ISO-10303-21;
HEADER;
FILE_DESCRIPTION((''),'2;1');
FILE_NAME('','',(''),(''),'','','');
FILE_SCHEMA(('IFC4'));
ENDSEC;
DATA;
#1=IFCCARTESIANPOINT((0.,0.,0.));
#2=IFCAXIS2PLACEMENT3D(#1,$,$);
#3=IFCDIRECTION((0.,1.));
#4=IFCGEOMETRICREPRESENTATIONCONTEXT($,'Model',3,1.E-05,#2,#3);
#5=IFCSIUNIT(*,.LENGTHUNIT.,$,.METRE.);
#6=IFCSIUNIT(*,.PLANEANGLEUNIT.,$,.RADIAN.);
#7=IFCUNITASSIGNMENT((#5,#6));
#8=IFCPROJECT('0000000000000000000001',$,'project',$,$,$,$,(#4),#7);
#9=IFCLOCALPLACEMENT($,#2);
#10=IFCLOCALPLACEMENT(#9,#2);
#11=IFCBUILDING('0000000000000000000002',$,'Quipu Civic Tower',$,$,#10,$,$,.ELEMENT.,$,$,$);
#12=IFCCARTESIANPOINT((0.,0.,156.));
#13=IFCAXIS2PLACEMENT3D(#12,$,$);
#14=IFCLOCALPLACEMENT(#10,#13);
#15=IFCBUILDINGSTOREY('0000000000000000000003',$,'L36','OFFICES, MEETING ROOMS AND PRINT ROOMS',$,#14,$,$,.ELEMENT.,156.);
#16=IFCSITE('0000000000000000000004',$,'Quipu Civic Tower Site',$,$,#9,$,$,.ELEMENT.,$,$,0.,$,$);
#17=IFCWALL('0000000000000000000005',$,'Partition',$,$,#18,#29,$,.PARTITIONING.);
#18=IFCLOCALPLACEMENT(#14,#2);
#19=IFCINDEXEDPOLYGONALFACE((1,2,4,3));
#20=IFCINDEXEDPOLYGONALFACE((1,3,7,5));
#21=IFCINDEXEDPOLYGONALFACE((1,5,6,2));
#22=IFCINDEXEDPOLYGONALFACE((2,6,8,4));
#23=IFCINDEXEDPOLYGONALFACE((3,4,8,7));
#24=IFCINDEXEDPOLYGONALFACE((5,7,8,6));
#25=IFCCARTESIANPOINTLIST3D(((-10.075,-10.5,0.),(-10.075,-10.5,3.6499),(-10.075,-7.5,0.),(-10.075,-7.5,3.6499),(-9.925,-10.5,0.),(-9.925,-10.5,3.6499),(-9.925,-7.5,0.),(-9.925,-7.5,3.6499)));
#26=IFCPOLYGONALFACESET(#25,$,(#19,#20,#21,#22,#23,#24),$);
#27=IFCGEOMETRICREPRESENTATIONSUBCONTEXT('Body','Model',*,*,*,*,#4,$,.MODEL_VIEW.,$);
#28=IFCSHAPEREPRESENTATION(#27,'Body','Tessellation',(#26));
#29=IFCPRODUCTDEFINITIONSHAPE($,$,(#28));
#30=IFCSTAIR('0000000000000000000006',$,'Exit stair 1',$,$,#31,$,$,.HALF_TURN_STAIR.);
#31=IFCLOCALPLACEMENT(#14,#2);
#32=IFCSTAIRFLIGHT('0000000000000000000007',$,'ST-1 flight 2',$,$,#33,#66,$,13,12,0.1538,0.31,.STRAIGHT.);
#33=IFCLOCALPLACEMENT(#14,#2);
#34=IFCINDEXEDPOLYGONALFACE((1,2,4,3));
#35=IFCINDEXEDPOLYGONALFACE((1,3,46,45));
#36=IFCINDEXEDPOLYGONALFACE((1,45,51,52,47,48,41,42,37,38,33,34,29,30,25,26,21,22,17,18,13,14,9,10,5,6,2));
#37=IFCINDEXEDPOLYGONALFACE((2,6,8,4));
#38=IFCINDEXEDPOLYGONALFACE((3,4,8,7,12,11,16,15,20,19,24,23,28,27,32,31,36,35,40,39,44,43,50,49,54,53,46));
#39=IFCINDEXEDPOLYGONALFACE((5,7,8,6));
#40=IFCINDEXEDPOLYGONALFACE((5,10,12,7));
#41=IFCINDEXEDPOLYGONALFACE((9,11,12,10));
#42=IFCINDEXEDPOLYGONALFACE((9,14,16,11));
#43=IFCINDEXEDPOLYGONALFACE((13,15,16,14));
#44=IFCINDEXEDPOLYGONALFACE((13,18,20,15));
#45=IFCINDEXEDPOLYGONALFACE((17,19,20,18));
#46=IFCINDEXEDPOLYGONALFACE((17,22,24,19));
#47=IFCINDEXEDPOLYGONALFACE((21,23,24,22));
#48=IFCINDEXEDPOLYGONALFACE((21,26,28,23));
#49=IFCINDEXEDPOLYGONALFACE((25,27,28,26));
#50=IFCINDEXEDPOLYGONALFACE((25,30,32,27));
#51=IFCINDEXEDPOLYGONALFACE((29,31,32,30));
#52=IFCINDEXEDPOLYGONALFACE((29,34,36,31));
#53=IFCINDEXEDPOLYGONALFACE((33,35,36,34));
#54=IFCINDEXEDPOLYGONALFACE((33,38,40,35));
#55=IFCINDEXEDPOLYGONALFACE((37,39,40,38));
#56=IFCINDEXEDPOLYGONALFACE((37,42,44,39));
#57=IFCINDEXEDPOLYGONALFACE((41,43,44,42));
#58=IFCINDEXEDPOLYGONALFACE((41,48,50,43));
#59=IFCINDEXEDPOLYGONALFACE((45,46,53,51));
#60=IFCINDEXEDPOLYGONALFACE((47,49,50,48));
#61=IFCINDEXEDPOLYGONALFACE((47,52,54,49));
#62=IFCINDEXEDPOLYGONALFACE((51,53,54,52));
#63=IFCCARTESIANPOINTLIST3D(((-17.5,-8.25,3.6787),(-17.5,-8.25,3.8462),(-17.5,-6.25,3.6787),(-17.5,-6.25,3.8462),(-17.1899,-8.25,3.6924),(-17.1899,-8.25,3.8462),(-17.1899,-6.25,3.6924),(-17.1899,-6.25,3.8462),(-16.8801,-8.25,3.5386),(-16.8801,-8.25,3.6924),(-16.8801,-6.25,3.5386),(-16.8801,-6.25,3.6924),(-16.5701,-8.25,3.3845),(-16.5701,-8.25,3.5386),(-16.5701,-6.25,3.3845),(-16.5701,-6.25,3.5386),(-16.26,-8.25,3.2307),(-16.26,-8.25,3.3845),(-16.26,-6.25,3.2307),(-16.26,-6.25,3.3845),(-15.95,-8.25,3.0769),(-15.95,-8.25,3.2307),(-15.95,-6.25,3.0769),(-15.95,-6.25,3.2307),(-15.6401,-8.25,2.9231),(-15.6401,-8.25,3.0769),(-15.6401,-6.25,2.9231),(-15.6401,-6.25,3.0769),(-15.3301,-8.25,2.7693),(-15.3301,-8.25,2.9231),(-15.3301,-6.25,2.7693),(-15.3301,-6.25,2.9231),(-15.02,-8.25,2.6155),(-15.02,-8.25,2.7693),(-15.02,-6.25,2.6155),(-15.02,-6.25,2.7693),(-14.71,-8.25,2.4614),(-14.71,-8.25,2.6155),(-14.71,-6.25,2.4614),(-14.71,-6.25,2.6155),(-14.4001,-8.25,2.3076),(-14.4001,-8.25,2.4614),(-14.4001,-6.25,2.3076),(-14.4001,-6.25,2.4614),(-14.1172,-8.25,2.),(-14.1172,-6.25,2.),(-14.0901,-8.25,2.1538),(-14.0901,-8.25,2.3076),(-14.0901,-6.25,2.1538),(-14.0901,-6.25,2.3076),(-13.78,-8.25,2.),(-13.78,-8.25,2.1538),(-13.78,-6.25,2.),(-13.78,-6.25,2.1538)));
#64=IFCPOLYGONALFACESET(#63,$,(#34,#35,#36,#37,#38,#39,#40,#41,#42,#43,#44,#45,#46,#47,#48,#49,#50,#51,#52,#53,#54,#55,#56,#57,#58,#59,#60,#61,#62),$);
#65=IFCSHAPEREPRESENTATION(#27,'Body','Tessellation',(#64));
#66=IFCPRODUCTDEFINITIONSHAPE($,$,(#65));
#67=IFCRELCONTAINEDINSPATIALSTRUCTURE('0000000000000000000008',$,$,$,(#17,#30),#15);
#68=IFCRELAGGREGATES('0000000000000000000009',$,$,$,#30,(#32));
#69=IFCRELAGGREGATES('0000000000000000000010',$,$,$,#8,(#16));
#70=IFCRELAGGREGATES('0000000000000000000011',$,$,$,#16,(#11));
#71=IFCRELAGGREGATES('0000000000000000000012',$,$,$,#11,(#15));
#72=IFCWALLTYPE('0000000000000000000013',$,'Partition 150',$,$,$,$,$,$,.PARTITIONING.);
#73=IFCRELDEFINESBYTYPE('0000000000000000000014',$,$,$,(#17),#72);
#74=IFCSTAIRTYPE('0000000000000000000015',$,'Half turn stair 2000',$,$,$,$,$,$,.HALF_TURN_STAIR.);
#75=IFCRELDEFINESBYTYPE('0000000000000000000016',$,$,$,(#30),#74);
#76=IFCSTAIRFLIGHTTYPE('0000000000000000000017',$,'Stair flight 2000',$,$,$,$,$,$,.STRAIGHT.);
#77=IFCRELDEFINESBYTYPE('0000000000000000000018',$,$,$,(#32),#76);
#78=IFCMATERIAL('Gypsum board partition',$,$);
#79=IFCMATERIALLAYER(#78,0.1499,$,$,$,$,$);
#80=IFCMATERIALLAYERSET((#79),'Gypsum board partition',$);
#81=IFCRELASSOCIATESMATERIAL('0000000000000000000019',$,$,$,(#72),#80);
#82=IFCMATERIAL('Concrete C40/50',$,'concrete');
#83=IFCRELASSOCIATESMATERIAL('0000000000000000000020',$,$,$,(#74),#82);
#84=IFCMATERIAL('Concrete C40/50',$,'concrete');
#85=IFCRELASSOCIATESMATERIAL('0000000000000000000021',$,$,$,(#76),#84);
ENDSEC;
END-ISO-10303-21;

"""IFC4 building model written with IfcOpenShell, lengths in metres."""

from ifc_helpers import new_model, si_unit, direction, frame, frame_2d, origin, place, context, subcontext, project, spatial, polyline, rectangle, outline, extrude, material, layer, layer_set, type_object, element, aggregate, save


model = new_model("IFC4")

# Units and contexts
model_context = context("Model", 3, precision=1e-05, world=origin(), true_north=direction((0.0, 1.0)))
body_context = subcontext(model_context, "Body", "Model", "MODEL_VIEW")
ifc_project = project(units=[si_unit("LENGTHUNIT", "METRE"), si_unit("PLANEANGLEUNIT", "RADIAN")], contexts=[model_context])

# Site, building, storey
site_placement = place(None, origin())
site = spatial("IfcSite", under=ifc_project, at=site_placement, Name="Quipu Civic Tower Site", CompositionType="ELEMENT", RefElevation=0.0)
building_placement = place(site_placement, origin())
building = spatial("IfcBuilding", under=site, at=building_placement, Name="Quipu Civic Tower", CompositionType="ELEMENT")
storey_placement = place(building_placement, frame((0.0, 0.0, 156.0)))
storey = spatial("IfcBuildingStorey", under=building, at=storey_placement, Name="L36", Description="OFFICES, MEETING ROOMS AND PRINT ROOMS", CompositionType="ELEMENT", Elevation=156.0)

# Wall
ifc_material_1 = material(Name="Gypsum board partition")
ifc_layer_1 = layer(ifc_material_1, 0.1499)
ifc_layer_set_1 = layer_set([ifc_layer_1], Name="Gypsum board partition")
wall_type_1 = type_object("IfcWallType", Name="Partition 150", PredefinedType="PARTITIONING", material=ifc_layer_set_1)
wall_1_placement = place(storey_placement, frame((-10.0, -10.5, 0.0), z_axis=(0.0, 0.0, 1.0), x_axis=(0.0, 1.0, 0.0)))
element("IfcWall", 1, at=wall_1_placement, inside=storey, type_object=wall_type_1, Name="Partition", PredefinedType="PARTITIONING", context=body_context, shape_type="SweptSolid", body=[
    extrude(rectangle(XDim=3.0, YDim=0.1499, at=frame_2d((1.5, 0.0))), origin(), (0.0, 0.0, 1.0), 3.6499),
])

# Stair, stair flight
ifc_material_2 = material(Name="Concrete C40/50", Category="concrete")
stair_type = type_object("IfcStairType", Name="Half turn stair 2000", PredefinedType="HALF_TURN_STAIR", material=ifc_material_2)
stair_placement = place(storey_placement, origin())
stair = element("IfcStair", 2, at=stair_placement, inside=storey, type_object=stair_type, Name="Exit stair 1", PredefinedType="HALF_TURN_STAIR")
ifc_material_3 = material(Name="Concrete C40/50", Category="concrete")
stair_flight_type = type_object("IfcStairFlightType", Name="Stair flight 2000", PredefinedType="STRAIGHT", material=ifc_material_3)
stair_flight_placement = place(storey_placement, frame((-13.78, -7.25, 2.0), z_axis=(0.0, 0.0, 1.0), x_axis=(-1.0, 0.0, 0.0)))
stair_flight = element("IfcStairFlight", 3, at=stair_flight_placement, type_object=stair_flight_type, Name="ST-1 flight 2", NumberOfRisers=13, NumberOfTreads=12, PredefinedType="STRAIGHT", RiserHeight=0.1538, TreadLength=0.31, context=body_context, shape_type="SweptSolid", body=[
    extrude(outline(polyline([(0.0, 0.0), (0.0, 0.1538), (0.3101, 0.1538), (0.3101, 0.3076), (0.6201, 0.3076), (0.6201, 0.4614), (0.9299, 0.4614), (0.9299, 0.6155), (1.24, 0.6155), (1.24, 0.7693), (1.55, 0.7693), (1.55, 0.9231), (1.8601, 0.9231), (1.8601, 1.0769), (2.1699, 1.0769), (2.1699, 1.2307), (2.48, 1.2307), (2.48, 1.3845), (2.79, 1.3845), (2.79, 1.5386), (3.1001, 1.5386), (3.1001, 1.6924), (3.4099, 1.6924), (3.4099, 1.8462), (3.72, 1.8462), (3.72, 2.0), (3.72, 1.6787), (0.3372, 0.0), (0.0, 0.0)])), frame((0.0, 1.0, 0.0), z_axis=(0.0, -1.0, 0.0), x_axis=(1.0, 0.0, 0.0)), (0.0, 0.0, 1.0), 2.0),
])
aggregate(stair, [stair_flight])

save(model, "model.ifc")
